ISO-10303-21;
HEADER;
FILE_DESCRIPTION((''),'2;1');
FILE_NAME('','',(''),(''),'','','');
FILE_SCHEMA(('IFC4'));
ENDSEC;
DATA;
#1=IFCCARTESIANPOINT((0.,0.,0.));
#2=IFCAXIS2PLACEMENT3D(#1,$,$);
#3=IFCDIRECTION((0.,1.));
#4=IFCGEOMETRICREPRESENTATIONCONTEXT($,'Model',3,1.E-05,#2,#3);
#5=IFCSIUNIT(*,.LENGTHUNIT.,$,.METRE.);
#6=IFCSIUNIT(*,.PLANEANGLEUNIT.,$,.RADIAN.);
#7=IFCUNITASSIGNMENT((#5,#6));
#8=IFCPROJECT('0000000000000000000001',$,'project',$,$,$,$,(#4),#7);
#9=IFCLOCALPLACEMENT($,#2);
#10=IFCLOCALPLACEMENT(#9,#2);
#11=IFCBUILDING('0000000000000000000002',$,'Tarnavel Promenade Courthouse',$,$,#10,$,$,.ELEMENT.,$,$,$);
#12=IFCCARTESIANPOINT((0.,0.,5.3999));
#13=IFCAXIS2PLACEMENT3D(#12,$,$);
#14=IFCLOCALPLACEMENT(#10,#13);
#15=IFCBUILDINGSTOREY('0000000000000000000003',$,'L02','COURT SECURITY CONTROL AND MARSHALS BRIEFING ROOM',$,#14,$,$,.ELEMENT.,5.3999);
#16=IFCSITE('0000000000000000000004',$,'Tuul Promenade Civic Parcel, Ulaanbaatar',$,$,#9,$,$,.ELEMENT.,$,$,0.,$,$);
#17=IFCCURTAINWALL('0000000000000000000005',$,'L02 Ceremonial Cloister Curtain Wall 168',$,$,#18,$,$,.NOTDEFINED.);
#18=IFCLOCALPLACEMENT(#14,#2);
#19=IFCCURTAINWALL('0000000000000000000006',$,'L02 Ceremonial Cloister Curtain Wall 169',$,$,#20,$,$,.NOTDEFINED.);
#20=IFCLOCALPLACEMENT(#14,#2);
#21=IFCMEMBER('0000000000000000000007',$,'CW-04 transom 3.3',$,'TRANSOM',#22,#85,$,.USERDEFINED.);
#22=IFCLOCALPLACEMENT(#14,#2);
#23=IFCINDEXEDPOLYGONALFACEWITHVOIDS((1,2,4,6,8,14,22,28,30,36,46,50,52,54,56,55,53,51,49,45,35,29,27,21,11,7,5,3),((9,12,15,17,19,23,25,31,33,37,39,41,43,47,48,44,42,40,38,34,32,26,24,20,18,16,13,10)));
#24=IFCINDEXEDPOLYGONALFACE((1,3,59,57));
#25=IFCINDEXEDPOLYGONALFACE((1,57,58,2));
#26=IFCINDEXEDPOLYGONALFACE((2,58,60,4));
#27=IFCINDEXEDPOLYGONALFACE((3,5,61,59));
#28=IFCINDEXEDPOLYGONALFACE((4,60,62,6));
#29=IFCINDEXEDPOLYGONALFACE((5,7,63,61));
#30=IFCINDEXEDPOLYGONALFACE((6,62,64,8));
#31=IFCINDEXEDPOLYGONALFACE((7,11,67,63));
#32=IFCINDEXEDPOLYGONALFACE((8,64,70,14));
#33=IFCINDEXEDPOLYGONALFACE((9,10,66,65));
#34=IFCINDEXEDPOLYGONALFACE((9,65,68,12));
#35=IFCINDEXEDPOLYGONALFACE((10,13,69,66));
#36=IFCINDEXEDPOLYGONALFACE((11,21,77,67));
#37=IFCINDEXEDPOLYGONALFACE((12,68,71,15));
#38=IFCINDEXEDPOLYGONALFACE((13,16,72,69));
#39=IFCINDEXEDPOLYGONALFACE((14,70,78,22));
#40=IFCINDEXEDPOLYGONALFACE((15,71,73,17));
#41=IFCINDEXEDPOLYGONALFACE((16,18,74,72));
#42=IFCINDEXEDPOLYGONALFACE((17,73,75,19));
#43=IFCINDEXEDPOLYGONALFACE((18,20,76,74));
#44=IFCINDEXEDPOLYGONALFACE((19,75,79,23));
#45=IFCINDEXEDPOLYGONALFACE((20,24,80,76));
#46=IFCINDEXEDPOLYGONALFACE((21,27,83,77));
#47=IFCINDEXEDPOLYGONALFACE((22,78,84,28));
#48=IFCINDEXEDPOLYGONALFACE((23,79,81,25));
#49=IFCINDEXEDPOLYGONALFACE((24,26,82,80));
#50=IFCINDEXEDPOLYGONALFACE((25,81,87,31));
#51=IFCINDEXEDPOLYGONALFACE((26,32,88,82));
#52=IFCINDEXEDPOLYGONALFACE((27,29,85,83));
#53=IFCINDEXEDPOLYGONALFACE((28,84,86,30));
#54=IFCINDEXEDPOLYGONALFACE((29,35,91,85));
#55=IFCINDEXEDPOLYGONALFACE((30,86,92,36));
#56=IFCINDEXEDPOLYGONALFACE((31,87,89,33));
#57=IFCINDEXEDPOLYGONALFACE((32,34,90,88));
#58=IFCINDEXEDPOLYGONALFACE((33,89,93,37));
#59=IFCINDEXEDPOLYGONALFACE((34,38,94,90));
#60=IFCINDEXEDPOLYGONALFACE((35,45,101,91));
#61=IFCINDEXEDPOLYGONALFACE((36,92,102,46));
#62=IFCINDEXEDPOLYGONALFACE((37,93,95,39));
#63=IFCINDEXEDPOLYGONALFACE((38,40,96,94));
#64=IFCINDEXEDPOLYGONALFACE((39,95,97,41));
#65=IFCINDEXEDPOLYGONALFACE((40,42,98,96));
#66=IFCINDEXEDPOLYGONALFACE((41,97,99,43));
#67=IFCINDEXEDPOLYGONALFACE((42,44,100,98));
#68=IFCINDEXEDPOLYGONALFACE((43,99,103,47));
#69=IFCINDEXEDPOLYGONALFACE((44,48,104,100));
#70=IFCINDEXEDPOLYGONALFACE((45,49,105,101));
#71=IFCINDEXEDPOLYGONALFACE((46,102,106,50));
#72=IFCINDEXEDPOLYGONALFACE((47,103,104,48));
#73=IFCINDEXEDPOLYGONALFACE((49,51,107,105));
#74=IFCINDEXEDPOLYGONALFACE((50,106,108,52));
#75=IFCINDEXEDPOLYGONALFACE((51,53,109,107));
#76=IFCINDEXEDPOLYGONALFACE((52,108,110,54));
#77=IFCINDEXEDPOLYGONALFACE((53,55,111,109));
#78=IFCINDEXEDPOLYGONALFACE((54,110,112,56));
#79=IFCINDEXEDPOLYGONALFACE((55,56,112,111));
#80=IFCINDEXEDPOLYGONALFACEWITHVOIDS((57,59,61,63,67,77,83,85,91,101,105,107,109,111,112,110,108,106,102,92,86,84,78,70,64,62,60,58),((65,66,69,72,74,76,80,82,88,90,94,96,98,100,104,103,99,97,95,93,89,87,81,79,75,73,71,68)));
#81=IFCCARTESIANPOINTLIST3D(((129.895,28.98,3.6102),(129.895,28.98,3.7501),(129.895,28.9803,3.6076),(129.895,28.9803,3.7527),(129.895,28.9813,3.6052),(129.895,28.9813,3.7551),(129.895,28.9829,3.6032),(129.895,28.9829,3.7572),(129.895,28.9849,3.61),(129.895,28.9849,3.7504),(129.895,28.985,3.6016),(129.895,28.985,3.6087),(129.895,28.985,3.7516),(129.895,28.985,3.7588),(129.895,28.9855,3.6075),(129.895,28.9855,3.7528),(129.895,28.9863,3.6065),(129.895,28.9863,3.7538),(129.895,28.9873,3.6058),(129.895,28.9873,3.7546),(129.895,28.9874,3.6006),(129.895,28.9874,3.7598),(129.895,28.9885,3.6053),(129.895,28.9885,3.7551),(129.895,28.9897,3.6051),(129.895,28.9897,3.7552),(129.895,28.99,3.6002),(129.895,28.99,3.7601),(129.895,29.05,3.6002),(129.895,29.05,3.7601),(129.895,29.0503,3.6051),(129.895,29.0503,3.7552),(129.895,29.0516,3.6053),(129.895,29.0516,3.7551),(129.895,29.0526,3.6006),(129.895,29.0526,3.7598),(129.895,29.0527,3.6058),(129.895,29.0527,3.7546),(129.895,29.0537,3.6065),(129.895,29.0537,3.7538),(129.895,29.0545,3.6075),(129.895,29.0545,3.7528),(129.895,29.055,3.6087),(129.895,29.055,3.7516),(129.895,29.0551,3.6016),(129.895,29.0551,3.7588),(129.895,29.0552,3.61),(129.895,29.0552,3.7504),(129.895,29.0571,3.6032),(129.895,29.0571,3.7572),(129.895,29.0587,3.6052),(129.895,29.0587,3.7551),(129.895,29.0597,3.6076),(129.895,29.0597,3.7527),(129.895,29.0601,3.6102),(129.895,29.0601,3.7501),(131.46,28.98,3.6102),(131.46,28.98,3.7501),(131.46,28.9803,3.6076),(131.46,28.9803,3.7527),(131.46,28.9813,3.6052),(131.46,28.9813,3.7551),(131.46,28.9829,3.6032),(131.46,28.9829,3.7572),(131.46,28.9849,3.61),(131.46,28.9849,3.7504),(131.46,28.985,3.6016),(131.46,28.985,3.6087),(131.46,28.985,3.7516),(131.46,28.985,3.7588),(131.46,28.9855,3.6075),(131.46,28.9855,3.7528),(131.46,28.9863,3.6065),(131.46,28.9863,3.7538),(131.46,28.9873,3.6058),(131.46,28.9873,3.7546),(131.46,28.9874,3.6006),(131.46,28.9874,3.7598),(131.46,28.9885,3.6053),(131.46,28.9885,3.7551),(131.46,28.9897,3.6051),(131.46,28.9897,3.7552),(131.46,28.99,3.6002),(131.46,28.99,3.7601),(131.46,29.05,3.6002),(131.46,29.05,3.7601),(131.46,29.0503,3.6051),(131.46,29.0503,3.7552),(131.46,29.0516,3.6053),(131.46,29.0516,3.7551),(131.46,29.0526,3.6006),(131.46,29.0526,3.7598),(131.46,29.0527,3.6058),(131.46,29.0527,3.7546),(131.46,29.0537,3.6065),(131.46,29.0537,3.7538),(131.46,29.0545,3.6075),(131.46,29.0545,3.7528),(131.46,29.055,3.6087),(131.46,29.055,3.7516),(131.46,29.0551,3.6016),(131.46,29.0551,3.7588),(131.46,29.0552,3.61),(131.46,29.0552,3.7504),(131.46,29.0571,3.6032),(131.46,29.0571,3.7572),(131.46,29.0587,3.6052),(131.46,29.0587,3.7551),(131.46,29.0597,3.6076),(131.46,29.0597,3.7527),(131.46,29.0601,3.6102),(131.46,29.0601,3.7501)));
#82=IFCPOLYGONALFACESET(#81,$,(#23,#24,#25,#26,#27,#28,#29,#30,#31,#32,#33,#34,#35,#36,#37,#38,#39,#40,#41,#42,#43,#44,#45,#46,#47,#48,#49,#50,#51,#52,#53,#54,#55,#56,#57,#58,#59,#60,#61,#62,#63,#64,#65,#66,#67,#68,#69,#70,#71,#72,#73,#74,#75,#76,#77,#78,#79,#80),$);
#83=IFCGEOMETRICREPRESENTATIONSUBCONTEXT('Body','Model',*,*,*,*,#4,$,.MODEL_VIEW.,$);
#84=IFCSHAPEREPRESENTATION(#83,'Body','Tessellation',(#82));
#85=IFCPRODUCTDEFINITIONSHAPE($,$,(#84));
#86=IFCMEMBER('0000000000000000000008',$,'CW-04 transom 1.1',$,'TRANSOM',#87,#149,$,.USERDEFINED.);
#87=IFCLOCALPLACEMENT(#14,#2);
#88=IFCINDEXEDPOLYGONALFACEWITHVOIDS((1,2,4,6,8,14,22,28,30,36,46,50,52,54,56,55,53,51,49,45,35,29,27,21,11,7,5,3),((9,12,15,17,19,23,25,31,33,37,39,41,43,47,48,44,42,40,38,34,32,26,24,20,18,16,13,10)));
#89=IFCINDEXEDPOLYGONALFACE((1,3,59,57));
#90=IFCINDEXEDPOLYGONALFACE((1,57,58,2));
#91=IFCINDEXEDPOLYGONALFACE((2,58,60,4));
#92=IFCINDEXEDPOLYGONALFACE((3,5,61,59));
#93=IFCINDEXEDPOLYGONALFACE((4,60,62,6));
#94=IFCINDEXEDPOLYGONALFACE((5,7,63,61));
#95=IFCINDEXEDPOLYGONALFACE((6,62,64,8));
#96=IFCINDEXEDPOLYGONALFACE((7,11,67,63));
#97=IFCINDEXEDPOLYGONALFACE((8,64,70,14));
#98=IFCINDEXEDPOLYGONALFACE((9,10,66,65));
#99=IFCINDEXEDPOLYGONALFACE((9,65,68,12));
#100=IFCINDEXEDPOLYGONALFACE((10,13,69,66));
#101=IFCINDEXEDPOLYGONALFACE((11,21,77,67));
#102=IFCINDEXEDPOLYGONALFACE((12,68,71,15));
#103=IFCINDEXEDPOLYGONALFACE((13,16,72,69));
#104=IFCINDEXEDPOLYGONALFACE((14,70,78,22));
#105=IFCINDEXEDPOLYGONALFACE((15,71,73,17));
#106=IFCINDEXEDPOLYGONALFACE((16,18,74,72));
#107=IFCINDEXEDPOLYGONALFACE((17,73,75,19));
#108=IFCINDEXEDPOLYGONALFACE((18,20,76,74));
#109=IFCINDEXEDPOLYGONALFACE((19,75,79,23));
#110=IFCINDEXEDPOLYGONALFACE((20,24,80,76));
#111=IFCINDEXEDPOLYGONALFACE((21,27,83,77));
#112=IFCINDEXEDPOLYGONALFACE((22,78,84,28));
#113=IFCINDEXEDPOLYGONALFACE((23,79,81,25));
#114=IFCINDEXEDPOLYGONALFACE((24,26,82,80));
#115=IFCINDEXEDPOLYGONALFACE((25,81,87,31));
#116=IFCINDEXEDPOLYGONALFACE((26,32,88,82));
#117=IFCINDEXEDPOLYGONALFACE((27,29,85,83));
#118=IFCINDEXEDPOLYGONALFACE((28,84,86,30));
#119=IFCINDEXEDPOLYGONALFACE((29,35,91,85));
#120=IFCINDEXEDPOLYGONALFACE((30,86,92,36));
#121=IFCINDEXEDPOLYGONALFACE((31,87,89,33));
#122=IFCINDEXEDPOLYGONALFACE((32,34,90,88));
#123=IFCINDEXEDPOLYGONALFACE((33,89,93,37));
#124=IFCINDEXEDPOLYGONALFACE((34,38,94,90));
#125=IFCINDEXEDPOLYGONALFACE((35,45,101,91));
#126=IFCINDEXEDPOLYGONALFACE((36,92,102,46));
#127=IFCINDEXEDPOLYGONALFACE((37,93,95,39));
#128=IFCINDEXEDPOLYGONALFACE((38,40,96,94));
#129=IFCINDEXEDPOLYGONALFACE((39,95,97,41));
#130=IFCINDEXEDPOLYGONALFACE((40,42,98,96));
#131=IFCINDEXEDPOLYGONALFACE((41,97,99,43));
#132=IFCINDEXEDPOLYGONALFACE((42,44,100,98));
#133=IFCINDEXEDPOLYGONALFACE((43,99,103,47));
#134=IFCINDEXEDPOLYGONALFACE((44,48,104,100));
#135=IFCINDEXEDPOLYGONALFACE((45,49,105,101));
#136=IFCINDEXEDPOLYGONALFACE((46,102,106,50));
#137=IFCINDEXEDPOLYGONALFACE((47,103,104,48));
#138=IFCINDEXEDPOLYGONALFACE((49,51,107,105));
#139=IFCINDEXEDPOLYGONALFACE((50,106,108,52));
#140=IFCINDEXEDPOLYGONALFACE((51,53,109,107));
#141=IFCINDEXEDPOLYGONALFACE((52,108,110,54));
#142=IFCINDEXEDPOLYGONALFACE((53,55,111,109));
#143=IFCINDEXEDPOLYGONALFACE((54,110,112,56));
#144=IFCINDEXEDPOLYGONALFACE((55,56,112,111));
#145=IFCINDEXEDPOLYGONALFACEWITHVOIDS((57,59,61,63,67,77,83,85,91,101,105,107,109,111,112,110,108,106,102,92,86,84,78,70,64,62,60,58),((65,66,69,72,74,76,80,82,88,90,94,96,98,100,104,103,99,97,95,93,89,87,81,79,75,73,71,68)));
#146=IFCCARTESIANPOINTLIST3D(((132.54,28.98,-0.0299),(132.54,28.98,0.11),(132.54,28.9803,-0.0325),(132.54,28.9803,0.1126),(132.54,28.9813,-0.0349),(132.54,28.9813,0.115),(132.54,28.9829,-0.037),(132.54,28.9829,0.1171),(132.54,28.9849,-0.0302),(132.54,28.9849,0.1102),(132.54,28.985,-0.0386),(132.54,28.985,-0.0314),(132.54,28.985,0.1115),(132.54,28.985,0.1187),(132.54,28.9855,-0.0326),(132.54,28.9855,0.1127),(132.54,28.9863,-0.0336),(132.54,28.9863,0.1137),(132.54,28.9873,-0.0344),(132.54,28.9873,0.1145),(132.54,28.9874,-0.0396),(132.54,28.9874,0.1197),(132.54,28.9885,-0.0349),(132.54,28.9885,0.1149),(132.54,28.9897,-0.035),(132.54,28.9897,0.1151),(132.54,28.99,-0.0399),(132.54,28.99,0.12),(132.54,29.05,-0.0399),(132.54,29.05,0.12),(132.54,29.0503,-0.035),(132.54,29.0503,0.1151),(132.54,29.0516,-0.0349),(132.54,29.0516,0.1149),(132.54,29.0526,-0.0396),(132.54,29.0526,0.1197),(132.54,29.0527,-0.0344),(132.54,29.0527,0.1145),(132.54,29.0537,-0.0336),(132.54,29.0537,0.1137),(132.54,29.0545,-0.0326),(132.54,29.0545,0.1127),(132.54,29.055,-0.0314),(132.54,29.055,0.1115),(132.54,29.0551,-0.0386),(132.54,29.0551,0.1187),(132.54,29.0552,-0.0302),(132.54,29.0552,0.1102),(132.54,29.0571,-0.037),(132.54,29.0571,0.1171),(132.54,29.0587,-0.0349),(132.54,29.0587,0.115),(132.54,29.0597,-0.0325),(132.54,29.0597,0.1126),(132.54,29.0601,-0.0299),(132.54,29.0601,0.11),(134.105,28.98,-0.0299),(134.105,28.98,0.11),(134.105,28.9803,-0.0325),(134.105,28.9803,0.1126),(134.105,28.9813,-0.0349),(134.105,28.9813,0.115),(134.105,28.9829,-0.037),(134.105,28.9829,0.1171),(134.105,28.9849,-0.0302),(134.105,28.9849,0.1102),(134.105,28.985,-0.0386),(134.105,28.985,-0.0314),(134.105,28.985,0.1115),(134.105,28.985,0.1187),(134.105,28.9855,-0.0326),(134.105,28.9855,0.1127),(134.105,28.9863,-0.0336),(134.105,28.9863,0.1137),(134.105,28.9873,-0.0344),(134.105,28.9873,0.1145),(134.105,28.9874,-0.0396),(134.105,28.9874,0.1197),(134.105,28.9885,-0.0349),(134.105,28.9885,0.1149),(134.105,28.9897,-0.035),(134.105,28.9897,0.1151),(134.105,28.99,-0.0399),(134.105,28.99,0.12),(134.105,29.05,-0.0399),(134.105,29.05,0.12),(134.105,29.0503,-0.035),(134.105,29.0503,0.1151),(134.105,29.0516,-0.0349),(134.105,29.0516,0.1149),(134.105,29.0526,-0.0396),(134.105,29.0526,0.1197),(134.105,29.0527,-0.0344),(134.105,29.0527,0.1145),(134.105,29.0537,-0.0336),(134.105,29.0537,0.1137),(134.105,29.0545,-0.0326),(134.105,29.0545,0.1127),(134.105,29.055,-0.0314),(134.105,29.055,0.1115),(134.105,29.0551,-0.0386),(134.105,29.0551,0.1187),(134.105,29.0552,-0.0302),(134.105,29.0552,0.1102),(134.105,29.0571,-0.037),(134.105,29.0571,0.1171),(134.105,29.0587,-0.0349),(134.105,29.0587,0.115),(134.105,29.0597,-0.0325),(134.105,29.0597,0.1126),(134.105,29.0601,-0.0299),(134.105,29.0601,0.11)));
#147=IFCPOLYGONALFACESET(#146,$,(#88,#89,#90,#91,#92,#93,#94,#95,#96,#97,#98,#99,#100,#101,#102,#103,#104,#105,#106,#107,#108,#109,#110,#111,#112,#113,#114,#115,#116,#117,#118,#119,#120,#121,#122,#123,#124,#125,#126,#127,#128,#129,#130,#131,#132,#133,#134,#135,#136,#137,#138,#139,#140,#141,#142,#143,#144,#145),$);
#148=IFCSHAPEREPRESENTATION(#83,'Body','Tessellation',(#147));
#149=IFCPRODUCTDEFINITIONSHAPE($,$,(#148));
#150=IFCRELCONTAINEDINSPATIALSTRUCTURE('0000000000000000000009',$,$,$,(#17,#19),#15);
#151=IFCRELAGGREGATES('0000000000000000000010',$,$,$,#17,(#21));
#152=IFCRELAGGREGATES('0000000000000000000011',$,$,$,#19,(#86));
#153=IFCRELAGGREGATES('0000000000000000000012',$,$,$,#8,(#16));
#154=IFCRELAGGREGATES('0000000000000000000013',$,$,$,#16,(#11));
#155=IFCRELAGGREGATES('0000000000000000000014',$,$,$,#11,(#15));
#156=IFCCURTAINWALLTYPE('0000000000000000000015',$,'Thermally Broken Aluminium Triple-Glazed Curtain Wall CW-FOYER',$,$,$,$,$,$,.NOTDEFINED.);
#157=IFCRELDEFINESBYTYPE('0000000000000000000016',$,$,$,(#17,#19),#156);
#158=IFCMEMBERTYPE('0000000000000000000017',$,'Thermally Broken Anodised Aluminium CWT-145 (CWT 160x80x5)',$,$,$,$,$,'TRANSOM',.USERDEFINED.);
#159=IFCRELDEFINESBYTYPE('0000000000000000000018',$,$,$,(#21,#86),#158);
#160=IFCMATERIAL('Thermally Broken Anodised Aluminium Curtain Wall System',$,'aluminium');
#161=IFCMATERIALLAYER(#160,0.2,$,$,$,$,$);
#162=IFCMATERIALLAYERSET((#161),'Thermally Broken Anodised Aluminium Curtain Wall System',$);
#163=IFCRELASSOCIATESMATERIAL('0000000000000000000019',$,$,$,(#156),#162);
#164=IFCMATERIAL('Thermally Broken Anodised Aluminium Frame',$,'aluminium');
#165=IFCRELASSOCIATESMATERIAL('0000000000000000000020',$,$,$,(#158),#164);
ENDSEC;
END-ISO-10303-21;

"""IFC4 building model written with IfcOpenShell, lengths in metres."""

from ifc_helpers import new_model, si_unit, direction, frame, origin, origin_2d, place, context, subcontext, project, spatial, hollow_rectangle, extrude, material, layer, layer_set, material_profile, profile_set, type_object, element, aggregate, save


model = new_model("IFC4")

# Units and contexts
model_context = context("Model", 3, precision=1e-05, world=origin(), true_north=direction((0.0, 1.0)))
body_context = subcontext(model_context, "Body", "Model", "MODEL_VIEW")
ifc_project = project(units=[si_unit("LENGTHUNIT", "METRE"), si_unit("PLANEANGLEUNIT", "RADIAN")], contexts=[model_context])

# Site, building, storey
site_placement = place(None, origin())
site = spatial("IfcSite", under=ifc_project, at=site_placement, Name="Tuul Promenade Civic Parcel, Ulaanbaatar", CompositionType="ELEMENT", RefElevation=0.0)
building_placement = place(site_placement, origin())
building = spatial("IfcBuilding", under=site, at=building_placement, Name="Tarnavel Promenade Courthouse", CompositionType="ELEMENT")
storey_placement = place(building_placement, frame((0.0, 0.0, 5.3999)))
storey = spatial("IfcBuildingStorey", under=building, at=storey_placement, Name="L02", Description="COURT SECURITY CONTROL AND MARSHALS BRIEFING ROOM", CompositionType="ELEMENT", Elevation=5.3999)

# Curtain walls
ifc_material_1 = material(Name="Thermally Broken Anodised Aluminium Curtain Wall System", Category="aluminium")
ifc_layer_1 = layer(ifc_material_1, 0.2)
ifc_layer_set_1 = layer_set([ifc_layer_1], Name="Thermally Broken Anodised Aluminium Curtain Wall System")
curtain_wall_type = type_object("IfcCurtainWallType", Name="Thermally Broken Aluminium Triple-Glazed Curtain Wall CW-FOYER", PredefinedType="NOTDEFINED", material=ifc_layer_set_1)
curtain_wall_1_placement = place(storey_placement, origin())
curtain_wall_1 = element("IfcCurtainWall", 1, at=curtain_wall_1_placement, inside=storey, type_object=curtain_wall_type, Name="L02 Ceremonial Cloister Curtain Wall 168", PredefinedType="NOTDEFINED")
ifc_material_2 = material(Name="Thermally Broken Anodised Aluminium Frame", Category="aluminium")
curtain_wall_2_placement = place(storey_placement, origin())
curtain_wall_2 = element("IfcCurtainWall", 2, at=curtain_wall_2_placement, inside=storey, type_object=curtain_wall_type, Name="L02 Ceremonial Cloister Curtain Wall 169", PredefinedType="NOTDEFINED")

# Members
ifc_material_profile_1 = material_profile(ifc_material_2, hollow_rectangle(XDim=0.0801, YDim=0.1599, WallThickness=0.0049, InnerFilletRadius=0.0049, OuterFilletRadius=0.01, at=origin_2d()), Name="CWT 160x80x5")
ifc_profile_set_1 = profile_set([ifc_material_profile_1], Name="Thermally Broken Anodised Aluminium Frame")
member_type_1 = type_object("IfcMemberType", Name="Thermally Broken Anodised Aluminium CWT-145 (CWT 160x80x5)", ElementType="TRANSOM", PredefinedType="USERDEFINED", material=ifc_profile_set_1)
member_1_placement = place(storey_placement, frame((129.895, 29.02, 3.6802), z_axis=(1.0, 0.0, 0.0), x_axis=(0.0, 1.0, 0.0)))
member_1 = element("IfcMember", 3, at=member_1_placement, type_object=member_type_1, Name="CW-04 transom 3.3", ObjectType="TRANSOM", PredefinedType="USERDEFINED", context=body_context, shape_type="SweptSolid", body=[
    extrude(hollow_rectangle(XDim=0.0801, YDim=0.1599, WallThickness=0.0049, InnerFilletRadius=0.0049, OuterFilletRadius=0.01, at=origin_2d()), origin(), (0.0, 0.0, 1.0), 1.5649),
])
member_2_placement = place(storey_placement, frame((132.54, 29.02, 0.04), z_axis=(1.0, 0.0, 0.0), x_axis=(0.0, 1.0, 0.0)))
member_2 = element("IfcMember", 4, at=member_2_placement, type_object=member_type_1, Name="CW-04 transom 1.1", ObjectType="TRANSOM", PredefinedType="USERDEFINED", context=body_context, shape_type="SweptSolid", body=[
    extrude(hollow_rectangle(XDim=0.0801, YDim=0.1599, WallThickness=0.0049, InnerFilletRadius=0.0049, OuterFilletRadius=0.01, at=origin_2d()), origin(), (0.0, 0.0, 1.0), 1.5649),
])

aggregate(curtain_wall_1, [member_1])
aggregate(curtain_wall_2, [member_2])

save(model, "model.ifc")
